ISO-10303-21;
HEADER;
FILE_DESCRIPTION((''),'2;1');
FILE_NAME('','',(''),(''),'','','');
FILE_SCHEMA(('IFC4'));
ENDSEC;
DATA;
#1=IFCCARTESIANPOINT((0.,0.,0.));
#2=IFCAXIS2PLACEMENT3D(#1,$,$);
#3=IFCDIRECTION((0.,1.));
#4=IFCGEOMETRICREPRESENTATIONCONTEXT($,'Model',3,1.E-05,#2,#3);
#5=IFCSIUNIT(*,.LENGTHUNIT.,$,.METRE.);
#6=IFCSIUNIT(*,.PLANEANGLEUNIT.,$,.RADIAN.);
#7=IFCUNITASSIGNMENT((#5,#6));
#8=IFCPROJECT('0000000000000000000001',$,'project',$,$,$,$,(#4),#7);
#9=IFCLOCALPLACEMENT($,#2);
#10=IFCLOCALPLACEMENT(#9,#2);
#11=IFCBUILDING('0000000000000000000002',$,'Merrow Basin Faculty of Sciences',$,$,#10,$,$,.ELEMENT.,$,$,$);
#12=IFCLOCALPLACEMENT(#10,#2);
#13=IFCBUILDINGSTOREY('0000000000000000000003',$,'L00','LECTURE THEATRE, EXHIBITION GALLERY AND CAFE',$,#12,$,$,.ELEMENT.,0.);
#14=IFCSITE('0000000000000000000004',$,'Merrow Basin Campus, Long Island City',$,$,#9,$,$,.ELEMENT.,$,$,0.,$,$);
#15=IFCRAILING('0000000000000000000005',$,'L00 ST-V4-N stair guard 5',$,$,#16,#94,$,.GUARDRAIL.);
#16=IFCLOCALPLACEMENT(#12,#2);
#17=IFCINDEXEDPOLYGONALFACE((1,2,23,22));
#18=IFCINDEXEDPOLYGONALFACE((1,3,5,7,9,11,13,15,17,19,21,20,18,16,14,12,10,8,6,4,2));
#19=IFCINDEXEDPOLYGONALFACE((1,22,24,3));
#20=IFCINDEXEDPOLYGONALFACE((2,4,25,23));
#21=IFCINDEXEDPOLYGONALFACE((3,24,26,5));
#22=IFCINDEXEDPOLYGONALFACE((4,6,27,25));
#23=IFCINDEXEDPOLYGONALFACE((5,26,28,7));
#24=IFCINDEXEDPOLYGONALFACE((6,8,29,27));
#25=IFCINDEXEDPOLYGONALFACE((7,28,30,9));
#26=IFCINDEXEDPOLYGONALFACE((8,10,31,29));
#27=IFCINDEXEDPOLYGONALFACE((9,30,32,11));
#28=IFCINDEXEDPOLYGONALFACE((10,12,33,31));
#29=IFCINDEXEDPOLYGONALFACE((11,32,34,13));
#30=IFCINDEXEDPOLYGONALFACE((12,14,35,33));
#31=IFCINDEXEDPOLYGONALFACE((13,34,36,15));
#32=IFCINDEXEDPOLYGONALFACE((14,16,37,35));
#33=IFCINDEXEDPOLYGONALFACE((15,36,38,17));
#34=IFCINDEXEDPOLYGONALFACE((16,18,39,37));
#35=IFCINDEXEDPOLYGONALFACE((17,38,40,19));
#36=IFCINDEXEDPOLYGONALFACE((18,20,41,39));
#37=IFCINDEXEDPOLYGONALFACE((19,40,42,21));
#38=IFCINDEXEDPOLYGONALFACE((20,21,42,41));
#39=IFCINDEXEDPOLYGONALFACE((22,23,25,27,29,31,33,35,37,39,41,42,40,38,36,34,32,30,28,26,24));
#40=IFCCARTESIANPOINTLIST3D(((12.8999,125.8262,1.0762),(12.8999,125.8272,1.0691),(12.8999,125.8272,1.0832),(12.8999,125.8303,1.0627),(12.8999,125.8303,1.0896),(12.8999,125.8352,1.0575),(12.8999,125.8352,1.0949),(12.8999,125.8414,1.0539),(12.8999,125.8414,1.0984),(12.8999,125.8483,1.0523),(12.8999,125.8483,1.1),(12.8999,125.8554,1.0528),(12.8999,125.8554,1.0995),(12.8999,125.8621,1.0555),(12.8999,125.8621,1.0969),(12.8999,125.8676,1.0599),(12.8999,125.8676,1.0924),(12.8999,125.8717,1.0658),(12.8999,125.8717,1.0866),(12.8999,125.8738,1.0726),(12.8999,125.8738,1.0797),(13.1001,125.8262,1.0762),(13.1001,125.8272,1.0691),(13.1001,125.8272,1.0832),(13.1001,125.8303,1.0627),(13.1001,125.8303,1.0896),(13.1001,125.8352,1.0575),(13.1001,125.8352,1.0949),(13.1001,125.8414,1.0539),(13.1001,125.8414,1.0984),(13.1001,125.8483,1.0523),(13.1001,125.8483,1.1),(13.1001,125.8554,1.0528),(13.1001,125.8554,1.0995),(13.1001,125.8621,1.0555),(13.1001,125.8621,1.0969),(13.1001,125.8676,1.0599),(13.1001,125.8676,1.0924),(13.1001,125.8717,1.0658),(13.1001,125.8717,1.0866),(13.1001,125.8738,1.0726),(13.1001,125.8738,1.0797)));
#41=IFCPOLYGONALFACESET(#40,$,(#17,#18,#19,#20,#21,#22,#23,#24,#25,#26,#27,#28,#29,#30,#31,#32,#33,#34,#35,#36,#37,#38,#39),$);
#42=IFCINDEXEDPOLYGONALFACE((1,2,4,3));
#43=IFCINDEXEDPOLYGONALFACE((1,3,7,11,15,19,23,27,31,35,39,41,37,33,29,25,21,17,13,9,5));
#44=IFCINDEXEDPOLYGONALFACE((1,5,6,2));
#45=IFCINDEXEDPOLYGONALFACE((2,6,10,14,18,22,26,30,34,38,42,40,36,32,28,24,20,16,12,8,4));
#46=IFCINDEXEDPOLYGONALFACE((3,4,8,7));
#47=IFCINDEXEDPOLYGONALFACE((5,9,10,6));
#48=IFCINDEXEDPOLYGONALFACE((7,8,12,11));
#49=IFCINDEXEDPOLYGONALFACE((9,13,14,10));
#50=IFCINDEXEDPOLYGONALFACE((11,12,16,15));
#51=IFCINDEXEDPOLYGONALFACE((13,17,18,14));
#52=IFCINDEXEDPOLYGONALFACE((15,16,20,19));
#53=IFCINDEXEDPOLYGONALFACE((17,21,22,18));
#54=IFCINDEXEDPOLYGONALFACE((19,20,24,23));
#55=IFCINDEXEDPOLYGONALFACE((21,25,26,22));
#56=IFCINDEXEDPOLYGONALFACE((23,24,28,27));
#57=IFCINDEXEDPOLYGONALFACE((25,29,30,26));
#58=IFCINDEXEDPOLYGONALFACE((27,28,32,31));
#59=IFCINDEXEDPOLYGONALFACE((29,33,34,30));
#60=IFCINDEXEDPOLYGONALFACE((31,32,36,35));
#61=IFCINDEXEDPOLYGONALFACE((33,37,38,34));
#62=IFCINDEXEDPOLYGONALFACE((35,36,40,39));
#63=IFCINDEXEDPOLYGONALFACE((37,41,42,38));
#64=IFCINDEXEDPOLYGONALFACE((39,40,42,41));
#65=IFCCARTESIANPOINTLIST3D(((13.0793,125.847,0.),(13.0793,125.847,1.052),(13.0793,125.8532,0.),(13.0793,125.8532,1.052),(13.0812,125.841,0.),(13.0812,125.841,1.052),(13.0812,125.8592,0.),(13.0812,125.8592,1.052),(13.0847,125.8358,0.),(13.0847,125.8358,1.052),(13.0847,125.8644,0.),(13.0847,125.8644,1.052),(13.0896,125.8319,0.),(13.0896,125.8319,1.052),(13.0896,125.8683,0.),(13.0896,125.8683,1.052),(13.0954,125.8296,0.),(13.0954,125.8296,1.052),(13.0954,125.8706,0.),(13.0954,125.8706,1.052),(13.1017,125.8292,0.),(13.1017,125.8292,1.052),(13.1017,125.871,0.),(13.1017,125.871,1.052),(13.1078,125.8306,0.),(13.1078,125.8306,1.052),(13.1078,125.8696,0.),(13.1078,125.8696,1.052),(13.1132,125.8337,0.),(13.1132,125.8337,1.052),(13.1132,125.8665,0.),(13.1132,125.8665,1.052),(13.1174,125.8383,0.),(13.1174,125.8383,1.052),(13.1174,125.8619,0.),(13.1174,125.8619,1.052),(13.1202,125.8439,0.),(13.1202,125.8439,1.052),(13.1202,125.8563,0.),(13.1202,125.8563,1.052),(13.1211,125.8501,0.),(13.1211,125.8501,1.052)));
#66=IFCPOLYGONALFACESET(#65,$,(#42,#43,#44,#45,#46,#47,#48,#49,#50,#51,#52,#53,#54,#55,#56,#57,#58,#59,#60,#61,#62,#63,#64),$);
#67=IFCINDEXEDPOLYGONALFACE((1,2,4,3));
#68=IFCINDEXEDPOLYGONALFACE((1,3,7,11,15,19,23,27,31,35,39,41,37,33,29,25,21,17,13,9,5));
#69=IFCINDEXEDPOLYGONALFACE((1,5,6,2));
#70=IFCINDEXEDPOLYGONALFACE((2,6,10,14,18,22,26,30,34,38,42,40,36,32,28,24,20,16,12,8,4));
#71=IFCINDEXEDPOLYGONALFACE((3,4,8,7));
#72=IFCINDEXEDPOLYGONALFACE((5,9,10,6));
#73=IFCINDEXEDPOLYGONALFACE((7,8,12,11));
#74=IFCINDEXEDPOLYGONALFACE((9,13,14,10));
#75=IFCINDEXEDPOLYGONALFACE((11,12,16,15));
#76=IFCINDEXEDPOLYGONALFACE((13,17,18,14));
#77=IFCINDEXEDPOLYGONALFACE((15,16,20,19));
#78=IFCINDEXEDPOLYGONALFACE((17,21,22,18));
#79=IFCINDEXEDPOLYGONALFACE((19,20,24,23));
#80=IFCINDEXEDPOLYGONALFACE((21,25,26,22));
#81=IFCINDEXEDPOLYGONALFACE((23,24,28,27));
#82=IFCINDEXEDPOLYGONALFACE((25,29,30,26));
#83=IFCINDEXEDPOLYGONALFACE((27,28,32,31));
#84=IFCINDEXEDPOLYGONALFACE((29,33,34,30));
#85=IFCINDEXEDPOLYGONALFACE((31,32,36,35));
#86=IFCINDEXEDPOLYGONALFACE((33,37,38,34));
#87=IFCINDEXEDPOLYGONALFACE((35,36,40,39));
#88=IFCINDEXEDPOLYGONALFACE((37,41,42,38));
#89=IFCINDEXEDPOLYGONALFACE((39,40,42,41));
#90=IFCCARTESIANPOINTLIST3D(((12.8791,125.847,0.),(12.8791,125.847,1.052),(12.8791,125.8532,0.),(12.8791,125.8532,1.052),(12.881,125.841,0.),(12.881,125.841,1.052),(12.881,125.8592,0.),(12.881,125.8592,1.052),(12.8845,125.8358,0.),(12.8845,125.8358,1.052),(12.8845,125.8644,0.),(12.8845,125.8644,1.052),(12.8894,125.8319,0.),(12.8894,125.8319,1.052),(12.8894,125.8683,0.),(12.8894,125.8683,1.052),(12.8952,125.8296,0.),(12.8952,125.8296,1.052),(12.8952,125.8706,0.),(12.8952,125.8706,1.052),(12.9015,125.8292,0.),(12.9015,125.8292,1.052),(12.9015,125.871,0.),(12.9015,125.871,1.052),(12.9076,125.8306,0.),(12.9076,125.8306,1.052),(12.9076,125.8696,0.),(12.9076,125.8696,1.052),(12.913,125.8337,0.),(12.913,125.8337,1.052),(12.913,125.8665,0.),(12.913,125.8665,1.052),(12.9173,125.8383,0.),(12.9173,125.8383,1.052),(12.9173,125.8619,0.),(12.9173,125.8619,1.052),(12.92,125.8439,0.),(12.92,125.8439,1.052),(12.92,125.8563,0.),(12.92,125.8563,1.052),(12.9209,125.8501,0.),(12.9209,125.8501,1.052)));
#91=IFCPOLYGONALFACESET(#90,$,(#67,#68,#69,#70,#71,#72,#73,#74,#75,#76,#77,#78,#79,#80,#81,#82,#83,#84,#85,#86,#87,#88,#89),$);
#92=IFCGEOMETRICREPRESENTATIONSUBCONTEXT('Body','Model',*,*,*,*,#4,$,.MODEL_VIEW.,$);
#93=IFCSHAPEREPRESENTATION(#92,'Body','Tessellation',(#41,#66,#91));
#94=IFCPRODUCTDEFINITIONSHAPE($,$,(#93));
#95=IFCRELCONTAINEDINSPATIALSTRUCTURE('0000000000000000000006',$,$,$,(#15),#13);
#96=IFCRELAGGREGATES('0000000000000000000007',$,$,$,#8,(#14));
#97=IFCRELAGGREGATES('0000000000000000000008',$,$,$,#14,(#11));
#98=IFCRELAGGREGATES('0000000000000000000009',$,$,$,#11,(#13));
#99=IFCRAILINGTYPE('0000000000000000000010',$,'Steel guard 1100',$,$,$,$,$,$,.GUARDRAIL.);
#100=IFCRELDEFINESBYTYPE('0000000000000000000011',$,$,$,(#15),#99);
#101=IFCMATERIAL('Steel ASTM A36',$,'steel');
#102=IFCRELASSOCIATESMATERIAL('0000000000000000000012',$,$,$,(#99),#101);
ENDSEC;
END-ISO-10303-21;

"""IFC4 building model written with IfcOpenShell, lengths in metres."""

from ifc_helpers import new_model, si_unit, direction, frame, origin, origin_2d, place, context, subcontext, project, spatial, circle, extrude, material, type_object, element, save


model = new_model("IFC4")

# Units and contexts
model_context = context("Model", 3, precision=1e-05, world=origin(), true_north=direction((0.0, 1.0)))
body_context = subcontext(model_context, "Body", "Model", "MODEL_VIEW")
ifc_project = project(units=[si_unit("LENGTHUNIT", "METRE"), si_unit("PLANEANGLEUNIT", "RADIAN")], contexts=[model_context])

# Site, building, storey
site_placement = place(None, origin())
site = spatial("IfcSite", under=ifc_project, at=site_placement, Name="Merrow Basin Campus, Long Island City", CompositionType="ELEMENT", RefElevation=0.0)
building_placement = place(site_placement, origin())
building = spatial("IfcBuilding", under=site, at=building_placement, Name="Merrow Basin Faculty of Sciences", CompositionType="ELEMENT")
storey_placement = place(building_placement, origin())
storey = spatial("IfcBuildingStorey", under=building, at=storey_placement, Name="L00", Description="LECTURE THEATRE, EXHIBITION GALLERY AND CAFE", CompositionType="ELEMENT", Elevation=0.0)

# Railing
ifc_material_1 = material(Name="Steel ASTM A36", Category="steel")
railing_type_1 = type_object("IfcRailingType", Name="Steel guard 1100", PredefinedType="GUARDRAIL", material=ifc_material_1)
railing_1_placement = place(storey_placement, frame((13.1001, 125.8501, 0.0)))
element("IfcRailing", 1, at=railing_1_placement, inside=storey, type_object=railing_type_1, Name="L00 ST-V4-N stair guard 5", PredefinedType="GUARDRAIL", context=body_context, shape_type="SweptSolid", body=[
    extrude(circle(Radius=0.0239, at=origin_2d()), frame((0.0, 0.0, 1.0762), z_axis=(-1.0, 0.0, 0.0), x_axis=(0.0, -1.0, 0.0)), (0.0, 0.0, 1.0), 0.2002),
    extrude(circle(Radius=0.021, at=origin_2d()), origin(), (0.0, 0.0, 1.0), 1.052),
    extrude(circle(Radius=0.021, at=origin_2d()), frame((-0.2002, 0.0, 0.0)), (0.0, 0.0, 1.0), 1.052),
])

save(model, "model.ifc")
